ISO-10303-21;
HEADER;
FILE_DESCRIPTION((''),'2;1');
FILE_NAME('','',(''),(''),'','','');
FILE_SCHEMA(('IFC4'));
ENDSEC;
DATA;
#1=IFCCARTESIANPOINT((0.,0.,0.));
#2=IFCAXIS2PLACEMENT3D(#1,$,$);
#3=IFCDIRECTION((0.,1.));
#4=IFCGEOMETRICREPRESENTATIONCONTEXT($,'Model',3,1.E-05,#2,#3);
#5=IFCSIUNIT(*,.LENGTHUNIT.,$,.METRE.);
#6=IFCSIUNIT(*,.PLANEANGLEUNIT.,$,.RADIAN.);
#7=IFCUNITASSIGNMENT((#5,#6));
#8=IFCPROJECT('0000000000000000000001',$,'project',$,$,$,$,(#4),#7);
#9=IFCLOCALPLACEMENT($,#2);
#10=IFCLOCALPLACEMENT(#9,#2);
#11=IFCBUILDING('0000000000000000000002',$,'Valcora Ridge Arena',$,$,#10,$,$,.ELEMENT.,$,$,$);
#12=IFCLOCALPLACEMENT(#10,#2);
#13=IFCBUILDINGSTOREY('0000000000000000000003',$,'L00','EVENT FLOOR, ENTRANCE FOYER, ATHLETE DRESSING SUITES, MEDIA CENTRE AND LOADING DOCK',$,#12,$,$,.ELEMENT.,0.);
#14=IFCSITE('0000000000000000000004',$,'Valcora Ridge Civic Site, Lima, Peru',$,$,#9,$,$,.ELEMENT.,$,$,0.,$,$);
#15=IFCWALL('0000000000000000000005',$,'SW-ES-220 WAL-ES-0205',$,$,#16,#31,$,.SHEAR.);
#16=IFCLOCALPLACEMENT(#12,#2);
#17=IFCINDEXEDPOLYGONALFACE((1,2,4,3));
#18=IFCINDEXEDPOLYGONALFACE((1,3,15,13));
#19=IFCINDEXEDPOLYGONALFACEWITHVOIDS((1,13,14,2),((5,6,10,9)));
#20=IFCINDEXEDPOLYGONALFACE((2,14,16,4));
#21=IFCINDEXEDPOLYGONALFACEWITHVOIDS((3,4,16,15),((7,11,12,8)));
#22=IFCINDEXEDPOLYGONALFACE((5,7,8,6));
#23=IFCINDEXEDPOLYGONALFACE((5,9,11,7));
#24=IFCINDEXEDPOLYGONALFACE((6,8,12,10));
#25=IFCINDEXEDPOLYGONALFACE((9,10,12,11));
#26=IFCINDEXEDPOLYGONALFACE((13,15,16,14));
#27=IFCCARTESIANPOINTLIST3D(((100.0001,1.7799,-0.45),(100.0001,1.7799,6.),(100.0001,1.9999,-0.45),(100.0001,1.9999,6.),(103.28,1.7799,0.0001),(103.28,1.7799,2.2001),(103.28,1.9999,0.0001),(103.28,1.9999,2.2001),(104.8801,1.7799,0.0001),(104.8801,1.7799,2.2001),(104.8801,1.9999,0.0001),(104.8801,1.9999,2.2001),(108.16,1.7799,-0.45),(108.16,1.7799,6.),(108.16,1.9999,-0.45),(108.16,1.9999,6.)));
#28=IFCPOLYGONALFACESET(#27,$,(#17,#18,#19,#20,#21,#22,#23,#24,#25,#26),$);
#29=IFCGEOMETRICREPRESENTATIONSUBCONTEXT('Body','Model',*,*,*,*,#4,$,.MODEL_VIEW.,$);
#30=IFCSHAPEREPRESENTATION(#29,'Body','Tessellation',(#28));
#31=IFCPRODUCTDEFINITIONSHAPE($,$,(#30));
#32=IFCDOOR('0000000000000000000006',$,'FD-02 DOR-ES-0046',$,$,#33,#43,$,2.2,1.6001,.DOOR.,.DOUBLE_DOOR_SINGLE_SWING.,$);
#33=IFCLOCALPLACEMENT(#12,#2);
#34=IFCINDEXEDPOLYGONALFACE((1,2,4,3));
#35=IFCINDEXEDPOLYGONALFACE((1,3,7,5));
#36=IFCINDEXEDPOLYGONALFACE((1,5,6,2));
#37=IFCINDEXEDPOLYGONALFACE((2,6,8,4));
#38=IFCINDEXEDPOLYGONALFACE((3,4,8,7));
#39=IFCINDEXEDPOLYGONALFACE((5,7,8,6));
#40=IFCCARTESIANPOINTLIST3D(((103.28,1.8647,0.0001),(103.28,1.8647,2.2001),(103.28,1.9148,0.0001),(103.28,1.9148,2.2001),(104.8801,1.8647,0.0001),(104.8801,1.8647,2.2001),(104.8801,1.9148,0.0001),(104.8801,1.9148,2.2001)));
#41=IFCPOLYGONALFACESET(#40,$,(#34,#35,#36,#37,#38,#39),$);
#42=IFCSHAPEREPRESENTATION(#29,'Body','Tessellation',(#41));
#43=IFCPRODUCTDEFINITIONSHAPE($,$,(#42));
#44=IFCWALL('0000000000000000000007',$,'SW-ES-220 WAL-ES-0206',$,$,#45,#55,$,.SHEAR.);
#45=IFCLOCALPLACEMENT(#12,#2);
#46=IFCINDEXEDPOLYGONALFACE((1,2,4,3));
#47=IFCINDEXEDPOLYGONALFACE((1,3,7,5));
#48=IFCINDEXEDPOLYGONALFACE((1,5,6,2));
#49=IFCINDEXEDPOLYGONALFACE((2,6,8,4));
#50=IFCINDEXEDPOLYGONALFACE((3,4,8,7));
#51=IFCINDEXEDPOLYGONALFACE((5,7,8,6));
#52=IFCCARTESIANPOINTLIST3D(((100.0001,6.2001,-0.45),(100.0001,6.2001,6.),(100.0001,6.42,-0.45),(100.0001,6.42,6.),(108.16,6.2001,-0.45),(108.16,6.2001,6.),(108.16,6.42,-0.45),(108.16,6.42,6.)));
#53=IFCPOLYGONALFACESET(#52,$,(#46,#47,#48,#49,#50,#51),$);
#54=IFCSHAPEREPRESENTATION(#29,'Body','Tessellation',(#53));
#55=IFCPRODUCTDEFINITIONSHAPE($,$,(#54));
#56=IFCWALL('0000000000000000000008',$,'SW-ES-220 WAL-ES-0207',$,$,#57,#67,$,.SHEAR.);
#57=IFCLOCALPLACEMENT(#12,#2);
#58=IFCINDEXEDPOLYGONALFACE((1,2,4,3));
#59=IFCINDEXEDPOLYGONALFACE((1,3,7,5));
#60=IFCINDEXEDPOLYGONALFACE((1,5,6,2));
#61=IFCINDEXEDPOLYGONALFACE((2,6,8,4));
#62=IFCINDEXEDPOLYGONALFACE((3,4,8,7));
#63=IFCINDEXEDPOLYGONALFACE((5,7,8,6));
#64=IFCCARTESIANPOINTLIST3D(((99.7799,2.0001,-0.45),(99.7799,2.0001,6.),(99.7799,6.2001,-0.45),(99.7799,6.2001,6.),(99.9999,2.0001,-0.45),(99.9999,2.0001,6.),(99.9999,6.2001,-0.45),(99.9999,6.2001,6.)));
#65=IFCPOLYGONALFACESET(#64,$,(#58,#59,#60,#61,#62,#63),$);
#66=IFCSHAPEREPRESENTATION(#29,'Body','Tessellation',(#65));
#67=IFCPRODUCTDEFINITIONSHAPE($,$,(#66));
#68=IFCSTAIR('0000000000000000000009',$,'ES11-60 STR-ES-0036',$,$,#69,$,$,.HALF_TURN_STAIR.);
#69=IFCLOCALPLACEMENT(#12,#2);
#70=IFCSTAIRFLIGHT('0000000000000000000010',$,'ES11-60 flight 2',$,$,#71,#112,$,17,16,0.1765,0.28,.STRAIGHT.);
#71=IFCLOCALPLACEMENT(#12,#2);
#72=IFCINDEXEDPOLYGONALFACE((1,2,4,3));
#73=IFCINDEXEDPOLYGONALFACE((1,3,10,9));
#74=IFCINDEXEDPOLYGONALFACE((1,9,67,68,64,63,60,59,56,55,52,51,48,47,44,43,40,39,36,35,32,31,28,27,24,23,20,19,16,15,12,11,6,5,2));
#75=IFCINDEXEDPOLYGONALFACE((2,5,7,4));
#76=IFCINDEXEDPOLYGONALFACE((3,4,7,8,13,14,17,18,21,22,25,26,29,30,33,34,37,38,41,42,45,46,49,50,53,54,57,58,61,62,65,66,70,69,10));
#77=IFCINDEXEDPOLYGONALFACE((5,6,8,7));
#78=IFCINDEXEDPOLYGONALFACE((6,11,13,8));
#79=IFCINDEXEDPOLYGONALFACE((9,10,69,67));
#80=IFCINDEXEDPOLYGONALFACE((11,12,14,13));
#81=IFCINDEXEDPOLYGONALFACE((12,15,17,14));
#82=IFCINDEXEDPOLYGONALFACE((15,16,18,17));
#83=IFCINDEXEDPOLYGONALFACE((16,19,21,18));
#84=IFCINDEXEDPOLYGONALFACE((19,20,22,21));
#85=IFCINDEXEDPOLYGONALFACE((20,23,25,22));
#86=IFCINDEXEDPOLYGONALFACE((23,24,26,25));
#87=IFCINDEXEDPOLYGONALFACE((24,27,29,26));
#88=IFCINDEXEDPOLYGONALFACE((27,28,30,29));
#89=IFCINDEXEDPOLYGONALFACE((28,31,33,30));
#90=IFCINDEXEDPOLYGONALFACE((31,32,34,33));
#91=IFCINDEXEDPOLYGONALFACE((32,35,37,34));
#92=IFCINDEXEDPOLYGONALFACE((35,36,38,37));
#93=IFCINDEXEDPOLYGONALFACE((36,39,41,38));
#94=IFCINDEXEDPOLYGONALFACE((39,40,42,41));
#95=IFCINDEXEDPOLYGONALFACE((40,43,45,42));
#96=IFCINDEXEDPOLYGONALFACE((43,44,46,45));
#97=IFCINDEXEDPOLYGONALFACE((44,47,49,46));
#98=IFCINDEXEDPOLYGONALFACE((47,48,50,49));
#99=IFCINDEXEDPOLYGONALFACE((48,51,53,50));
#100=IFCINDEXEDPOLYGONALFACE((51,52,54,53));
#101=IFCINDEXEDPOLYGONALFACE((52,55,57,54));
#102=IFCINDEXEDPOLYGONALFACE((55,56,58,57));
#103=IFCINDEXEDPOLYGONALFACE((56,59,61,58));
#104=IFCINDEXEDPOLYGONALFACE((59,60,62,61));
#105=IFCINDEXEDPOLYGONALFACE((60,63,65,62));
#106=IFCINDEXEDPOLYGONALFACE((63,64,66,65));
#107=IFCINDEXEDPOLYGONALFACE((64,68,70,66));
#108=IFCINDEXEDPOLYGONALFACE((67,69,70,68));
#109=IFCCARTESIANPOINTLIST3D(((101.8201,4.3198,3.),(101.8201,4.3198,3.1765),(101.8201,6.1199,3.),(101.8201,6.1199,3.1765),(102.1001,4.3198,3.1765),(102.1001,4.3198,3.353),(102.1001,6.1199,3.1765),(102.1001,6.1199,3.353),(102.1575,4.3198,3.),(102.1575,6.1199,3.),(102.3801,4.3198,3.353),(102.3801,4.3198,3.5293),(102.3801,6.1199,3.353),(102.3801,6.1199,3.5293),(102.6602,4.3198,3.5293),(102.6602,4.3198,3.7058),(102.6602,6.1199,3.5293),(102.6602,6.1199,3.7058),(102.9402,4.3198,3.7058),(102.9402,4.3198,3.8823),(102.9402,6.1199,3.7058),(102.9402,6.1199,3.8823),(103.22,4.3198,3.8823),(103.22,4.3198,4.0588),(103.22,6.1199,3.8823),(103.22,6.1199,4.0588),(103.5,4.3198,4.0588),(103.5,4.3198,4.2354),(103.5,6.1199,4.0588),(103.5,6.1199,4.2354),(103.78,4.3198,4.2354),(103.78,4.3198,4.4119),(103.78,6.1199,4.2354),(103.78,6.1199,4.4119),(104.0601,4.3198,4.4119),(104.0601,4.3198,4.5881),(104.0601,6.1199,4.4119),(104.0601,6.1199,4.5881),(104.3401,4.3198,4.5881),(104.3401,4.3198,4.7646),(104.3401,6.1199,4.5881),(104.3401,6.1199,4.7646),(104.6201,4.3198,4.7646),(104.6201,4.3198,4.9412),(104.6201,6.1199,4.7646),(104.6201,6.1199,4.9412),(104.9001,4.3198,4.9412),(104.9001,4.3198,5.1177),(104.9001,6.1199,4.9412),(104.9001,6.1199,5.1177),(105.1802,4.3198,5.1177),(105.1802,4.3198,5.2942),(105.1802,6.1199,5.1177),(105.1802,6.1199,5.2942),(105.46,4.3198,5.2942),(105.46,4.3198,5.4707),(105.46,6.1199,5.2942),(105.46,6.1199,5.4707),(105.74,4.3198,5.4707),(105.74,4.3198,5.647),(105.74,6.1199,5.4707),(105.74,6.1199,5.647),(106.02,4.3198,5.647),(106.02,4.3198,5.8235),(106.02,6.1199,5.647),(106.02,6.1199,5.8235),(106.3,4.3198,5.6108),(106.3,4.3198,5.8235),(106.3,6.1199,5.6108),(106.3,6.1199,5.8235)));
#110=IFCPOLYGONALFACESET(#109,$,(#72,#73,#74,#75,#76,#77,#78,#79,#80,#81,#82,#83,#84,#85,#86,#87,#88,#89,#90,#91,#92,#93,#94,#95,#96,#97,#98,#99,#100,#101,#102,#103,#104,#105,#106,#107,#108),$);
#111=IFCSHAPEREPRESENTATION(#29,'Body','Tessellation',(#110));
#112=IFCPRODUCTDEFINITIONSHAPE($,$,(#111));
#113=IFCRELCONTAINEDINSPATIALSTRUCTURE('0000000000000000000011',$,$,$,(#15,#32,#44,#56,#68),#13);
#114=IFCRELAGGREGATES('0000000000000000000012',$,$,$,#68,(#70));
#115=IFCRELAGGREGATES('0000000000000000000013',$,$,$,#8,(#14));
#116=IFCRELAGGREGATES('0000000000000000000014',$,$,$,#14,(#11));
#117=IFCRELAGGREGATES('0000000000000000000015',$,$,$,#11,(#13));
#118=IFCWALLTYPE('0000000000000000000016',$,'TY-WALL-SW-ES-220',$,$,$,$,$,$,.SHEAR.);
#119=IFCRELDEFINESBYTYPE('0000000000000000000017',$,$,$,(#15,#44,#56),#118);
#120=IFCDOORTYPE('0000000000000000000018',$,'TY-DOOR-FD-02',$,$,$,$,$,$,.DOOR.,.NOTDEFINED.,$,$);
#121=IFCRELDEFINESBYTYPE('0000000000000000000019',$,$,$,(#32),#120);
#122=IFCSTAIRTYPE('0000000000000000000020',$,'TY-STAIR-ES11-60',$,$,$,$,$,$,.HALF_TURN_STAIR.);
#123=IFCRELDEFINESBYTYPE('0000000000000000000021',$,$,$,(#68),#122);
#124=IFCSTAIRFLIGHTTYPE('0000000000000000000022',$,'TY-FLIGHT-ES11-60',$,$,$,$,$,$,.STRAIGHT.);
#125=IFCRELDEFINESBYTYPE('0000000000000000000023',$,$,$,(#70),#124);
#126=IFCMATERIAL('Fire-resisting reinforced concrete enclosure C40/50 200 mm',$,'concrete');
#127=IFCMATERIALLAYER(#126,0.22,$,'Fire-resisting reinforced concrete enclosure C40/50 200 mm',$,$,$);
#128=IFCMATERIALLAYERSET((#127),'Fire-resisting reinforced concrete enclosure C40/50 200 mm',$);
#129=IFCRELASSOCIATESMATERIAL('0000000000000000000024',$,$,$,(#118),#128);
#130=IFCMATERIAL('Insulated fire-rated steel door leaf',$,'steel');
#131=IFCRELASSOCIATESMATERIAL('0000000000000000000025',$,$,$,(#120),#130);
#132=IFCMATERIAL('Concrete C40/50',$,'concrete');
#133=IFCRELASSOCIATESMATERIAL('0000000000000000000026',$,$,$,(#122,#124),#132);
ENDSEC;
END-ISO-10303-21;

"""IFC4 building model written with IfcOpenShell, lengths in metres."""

from ifc_helpers import new_model, si_unit, direction, frame, frame_2d, origin, place, context, subcontext, project, spatial, polyline, rectangle, outline, extrude, material, layer, layer_set, type_object, element, fill, aggregate, save


model = new_model("IFC4")

# Units and contexts
model_context = context("Model", 3, precision=1e-05, world=origin(), true_north=direction((0.0, 1.0)))
body_context = subcontext(model_context, "Body", "Model", "MODEL_VIEW")
ifc_project = project(units=[si_unit("LENGTHUNIT", "METRE"), si_unit("PLANEANGLEUNIT", "RADIAN")], contexts=[model_context])

# Site, building, storey
site_placement = place(None, origin())
site = spatial("IfcSite", under=ifc_project, at=site_placement, Name="Valcora Ridge Civic Site, Lima, Peru", CompositionType="ELEMENT", RefElevation=0.0)
building_placement = place(site_placement, origin())
building = spatial("IfcBuilding", under=site, at=building_placement, Name="Valcora Ridge Arena", CompositionType="ELEMENT")
storey_placement = place(building_placement, origin())
storey = spatial("IfcBuildingStorey", under=building, at=storey_placement, Name="L00", Description="EVENT FLOOR, ENTRANCE FOYER, ATHLETE DRESSING SUITES, MEDIA CENTRE AND LOADING DOCK", CompositionType="ELEMENT", Elevation=0.0)

# Shared definitions
ifc_material_1 = material(Name="Concrete C40/50", Category="concrete")
ifc_material_2 = material(Name="Fire-resisting reinforced concrete enclosure C40/50 200 mm", Category="concrete")

# Wall, opening, door
ifc_layer_1 = layer(ifc_material_2, 0.22, Name="Fire-resisting reinforced concrete enclosure C40/50 200 mm")
ifc_layer_set_1 = layer_set([ifc_layer_1], Name="Fire-resisting reinforced concrete enclosure C40/50 200 mm")
wall_type_1 = type_object("IfcWallType", Name="TY-WALL-SW-ES-220", PredefinedType="SHEAR", material=ifc_layer_set_1)
wall_1_placement = place(storey_placement, frame((100.0, 1.8899, -0.45), z_axis=(0.0, 0.0, 1.0), x_axis=(1.0, 0.0, 0.0)))
wall_1 = element("IfcWall", 1, at=wall_1_placement, inside=storey, type_object=wall_type_1, Name="SW-ES-220 WAL-ES-0205", PredefinedType="SHEAR", context=body_context, shape_type="SweptSolid", body=[
    extrude(rectangle(XDim=8.1599, YDim=0.22, at=frame_2d((4.0801, 0.0))), origin(), (0.0, 0.0, 1.0), 6.45),
])
opening_placement = place(wall_1_placement, frame((3.28, 0.0, 0.45)))
opening = element("IfcOpeningElement", 2, at=opening_placement, cuts=wall_1, PredefinedType="OPENING", context=body_context, shape_type="SweptSolid", body=[
    extrude(rectangle(XDim=1.6001, YDim=2.2, at=frame_2d((0.8, 1.1001))), frame((0.0, 0.1199, 0.0), z_axis=(0.0, -1.0, 0.0), x_axis=(1.0, 0.0, 0.0)), (0.0, 0.0, 1.0), 0.24),
])
ifc_material_3 = material(Name="Insulated fire-rated steel door leaf", Category="steel")
door_type = type_object("IfcDoorType", Name="TY-DOOR-FD-02", OperationType="NOTDEFINED", PredefinedType="DOOR", material=ifc_material_3)
door_placement = place(opening_placement, origin())
door = element("IfcDoor", 3, at=door_placement, inside=storey, type_object=door_type, Name="FD-02 DOR-ES-0046", OperationType="DOUBLE_DOOR_SINGLE_SWING", OverallHeight=2.2, OverallWidth=1.6001, PredefinedType="DOOR", context=body_context, shape_type="SweptSolid", body=[
    extrude(rectangle(XDim=1.6001, YDim=2.2, at=frame_2d((0.8, 1.1001))), frame((0.0, 0.0249, 0.0), z_axis=(0.0, -1.0, 0.0), x_axis=(1.0, 0.0, 0.0)), (0.0, 0.0, 1.0), 0.05),
])
fill(opening, door)

# Walls
wall_2_placement = place(storey_placement, frame((100.0, 6.3101, -0.45), z_axis=(0.0, 0.0, 1.0), x_axis=(1.0, 0.0, 0.0)))
element("IfcWall", 4, at=wall_2_placement, inside=storey, type_object=wall_type_1, Name="SW-ES-220 WAL-ES-0206", PredefinedType="SHEAR", context=body_context, shape_type="SweptSolid", body=[
    extrude(rectangle(XDim=8.1599, YDim=0.22, at=frame_2d((4.0801, 0.0))), origin(), (0.0, 0.0, 1.0), 6.45),
])
wall_3_placement = place(storey_placement, frame((99.8899, 2.0, -0.45), z_axis=(0.0, 0.0, 1.0), x_axis=(0.0, 1.0, 0.0)))
element("IfcWall", 5, at=wall_3_placement, inside=storey, type_object=wall_type_1, Name="SW-ES-220 WAL-ES-0207", PredefinedType="SHEAR", context=body_context, shape_type="SweptSolid", body=[
    extrude(rectangle(XDim=4.2, YDim=0.22, at=frame_2d((2.1001, 0.0))), origin(), (0.0, 0.0, 1.0), 6.45),
])

# Stair, stair flight
stair_type = type_object("IfcStairType", Name="TY-STAIR-ES11-60", PredefinedType="HALF_TURN_STAIR", material=ifc_material_1)
stair_placement = place(storey_placement, origin())
stair = element("IfcStair", 6, at=stair_placement, inside=storey, type_object=stair_type, Name="ES11-60 STR-ES-0036", PredefinedType="HALF_TURN_STAIR")
stair_flight_type = type_object("IfcStairFlightType", Name="TY-FLIGHT-ES11-60", PredefinedType="STRAIGHT", material=ifc_material_1)
stair_flight_placement = place(storey_placement, frame((101.8201, 5.22, 3.0), z_axis=(0.0, 0.0, 1.0), x_axis=(1.0, 0.0, 0.0)))
stair_flight = element("IfcStairFlight", 7, at=stair_flight_placement, type_object=stair_flight_type, Name="ES11-60 flight 2", NumberOfRisers=17, NumberOfTreads=16, PredefinedType="STRAIGHT", RiserHeight=0.1765, TreadLength=0.28, context=body_context, shape_type="SweptSolid", body=[
    extrude(outline(polyline([(0.0, 0.0), (0.0, 0.1765), (0.28, 0.1765), (0.28, 0.353), (0.5601, 0.353), (0.5601, 0.5293), (0.8401, 0.5293), (0.8401, 0.7058), (1.1201, 0.7058), (1.1201, 0.8823), (1.3999, 0.8823), (1.3999, 1.0588), (1.6799, 1.0588), (1.6799, 1.2354), (1.96, 1.2354), (1.96, 1.4119), (2.24, 1.4119), (2.24, 1.5881), (2.52, 1.5881), (2.52, 1.7646), (2.8, 1.7646), (2.8, 1.9412), (3.0801, 1.9412), (3.0801, 2.1177), (3.3601, 2.1177), (3.3601, 2.2942), (3.6399, 2.2942), (3.6399, 2.4707), (3.9199, 2.4707), (3.9199, 2.647), (4.2, 2.647), (4.2, 2.8235), (4.48, 2.8235), (4.48, 3.0), (4.48, 2.6108), (0.3374, 0.0), (0.0, 0.0)])), frame((0.0, 0.8999, 0.0), z_axis=(0.0, -1.0, 0.0), x_axis=(1.0, 0.0, 0.0)), (0.0, 0.0, 1.0), 1.8),
])
aggregate(stair, [stair_flight])

save(model, "model.ifc")
